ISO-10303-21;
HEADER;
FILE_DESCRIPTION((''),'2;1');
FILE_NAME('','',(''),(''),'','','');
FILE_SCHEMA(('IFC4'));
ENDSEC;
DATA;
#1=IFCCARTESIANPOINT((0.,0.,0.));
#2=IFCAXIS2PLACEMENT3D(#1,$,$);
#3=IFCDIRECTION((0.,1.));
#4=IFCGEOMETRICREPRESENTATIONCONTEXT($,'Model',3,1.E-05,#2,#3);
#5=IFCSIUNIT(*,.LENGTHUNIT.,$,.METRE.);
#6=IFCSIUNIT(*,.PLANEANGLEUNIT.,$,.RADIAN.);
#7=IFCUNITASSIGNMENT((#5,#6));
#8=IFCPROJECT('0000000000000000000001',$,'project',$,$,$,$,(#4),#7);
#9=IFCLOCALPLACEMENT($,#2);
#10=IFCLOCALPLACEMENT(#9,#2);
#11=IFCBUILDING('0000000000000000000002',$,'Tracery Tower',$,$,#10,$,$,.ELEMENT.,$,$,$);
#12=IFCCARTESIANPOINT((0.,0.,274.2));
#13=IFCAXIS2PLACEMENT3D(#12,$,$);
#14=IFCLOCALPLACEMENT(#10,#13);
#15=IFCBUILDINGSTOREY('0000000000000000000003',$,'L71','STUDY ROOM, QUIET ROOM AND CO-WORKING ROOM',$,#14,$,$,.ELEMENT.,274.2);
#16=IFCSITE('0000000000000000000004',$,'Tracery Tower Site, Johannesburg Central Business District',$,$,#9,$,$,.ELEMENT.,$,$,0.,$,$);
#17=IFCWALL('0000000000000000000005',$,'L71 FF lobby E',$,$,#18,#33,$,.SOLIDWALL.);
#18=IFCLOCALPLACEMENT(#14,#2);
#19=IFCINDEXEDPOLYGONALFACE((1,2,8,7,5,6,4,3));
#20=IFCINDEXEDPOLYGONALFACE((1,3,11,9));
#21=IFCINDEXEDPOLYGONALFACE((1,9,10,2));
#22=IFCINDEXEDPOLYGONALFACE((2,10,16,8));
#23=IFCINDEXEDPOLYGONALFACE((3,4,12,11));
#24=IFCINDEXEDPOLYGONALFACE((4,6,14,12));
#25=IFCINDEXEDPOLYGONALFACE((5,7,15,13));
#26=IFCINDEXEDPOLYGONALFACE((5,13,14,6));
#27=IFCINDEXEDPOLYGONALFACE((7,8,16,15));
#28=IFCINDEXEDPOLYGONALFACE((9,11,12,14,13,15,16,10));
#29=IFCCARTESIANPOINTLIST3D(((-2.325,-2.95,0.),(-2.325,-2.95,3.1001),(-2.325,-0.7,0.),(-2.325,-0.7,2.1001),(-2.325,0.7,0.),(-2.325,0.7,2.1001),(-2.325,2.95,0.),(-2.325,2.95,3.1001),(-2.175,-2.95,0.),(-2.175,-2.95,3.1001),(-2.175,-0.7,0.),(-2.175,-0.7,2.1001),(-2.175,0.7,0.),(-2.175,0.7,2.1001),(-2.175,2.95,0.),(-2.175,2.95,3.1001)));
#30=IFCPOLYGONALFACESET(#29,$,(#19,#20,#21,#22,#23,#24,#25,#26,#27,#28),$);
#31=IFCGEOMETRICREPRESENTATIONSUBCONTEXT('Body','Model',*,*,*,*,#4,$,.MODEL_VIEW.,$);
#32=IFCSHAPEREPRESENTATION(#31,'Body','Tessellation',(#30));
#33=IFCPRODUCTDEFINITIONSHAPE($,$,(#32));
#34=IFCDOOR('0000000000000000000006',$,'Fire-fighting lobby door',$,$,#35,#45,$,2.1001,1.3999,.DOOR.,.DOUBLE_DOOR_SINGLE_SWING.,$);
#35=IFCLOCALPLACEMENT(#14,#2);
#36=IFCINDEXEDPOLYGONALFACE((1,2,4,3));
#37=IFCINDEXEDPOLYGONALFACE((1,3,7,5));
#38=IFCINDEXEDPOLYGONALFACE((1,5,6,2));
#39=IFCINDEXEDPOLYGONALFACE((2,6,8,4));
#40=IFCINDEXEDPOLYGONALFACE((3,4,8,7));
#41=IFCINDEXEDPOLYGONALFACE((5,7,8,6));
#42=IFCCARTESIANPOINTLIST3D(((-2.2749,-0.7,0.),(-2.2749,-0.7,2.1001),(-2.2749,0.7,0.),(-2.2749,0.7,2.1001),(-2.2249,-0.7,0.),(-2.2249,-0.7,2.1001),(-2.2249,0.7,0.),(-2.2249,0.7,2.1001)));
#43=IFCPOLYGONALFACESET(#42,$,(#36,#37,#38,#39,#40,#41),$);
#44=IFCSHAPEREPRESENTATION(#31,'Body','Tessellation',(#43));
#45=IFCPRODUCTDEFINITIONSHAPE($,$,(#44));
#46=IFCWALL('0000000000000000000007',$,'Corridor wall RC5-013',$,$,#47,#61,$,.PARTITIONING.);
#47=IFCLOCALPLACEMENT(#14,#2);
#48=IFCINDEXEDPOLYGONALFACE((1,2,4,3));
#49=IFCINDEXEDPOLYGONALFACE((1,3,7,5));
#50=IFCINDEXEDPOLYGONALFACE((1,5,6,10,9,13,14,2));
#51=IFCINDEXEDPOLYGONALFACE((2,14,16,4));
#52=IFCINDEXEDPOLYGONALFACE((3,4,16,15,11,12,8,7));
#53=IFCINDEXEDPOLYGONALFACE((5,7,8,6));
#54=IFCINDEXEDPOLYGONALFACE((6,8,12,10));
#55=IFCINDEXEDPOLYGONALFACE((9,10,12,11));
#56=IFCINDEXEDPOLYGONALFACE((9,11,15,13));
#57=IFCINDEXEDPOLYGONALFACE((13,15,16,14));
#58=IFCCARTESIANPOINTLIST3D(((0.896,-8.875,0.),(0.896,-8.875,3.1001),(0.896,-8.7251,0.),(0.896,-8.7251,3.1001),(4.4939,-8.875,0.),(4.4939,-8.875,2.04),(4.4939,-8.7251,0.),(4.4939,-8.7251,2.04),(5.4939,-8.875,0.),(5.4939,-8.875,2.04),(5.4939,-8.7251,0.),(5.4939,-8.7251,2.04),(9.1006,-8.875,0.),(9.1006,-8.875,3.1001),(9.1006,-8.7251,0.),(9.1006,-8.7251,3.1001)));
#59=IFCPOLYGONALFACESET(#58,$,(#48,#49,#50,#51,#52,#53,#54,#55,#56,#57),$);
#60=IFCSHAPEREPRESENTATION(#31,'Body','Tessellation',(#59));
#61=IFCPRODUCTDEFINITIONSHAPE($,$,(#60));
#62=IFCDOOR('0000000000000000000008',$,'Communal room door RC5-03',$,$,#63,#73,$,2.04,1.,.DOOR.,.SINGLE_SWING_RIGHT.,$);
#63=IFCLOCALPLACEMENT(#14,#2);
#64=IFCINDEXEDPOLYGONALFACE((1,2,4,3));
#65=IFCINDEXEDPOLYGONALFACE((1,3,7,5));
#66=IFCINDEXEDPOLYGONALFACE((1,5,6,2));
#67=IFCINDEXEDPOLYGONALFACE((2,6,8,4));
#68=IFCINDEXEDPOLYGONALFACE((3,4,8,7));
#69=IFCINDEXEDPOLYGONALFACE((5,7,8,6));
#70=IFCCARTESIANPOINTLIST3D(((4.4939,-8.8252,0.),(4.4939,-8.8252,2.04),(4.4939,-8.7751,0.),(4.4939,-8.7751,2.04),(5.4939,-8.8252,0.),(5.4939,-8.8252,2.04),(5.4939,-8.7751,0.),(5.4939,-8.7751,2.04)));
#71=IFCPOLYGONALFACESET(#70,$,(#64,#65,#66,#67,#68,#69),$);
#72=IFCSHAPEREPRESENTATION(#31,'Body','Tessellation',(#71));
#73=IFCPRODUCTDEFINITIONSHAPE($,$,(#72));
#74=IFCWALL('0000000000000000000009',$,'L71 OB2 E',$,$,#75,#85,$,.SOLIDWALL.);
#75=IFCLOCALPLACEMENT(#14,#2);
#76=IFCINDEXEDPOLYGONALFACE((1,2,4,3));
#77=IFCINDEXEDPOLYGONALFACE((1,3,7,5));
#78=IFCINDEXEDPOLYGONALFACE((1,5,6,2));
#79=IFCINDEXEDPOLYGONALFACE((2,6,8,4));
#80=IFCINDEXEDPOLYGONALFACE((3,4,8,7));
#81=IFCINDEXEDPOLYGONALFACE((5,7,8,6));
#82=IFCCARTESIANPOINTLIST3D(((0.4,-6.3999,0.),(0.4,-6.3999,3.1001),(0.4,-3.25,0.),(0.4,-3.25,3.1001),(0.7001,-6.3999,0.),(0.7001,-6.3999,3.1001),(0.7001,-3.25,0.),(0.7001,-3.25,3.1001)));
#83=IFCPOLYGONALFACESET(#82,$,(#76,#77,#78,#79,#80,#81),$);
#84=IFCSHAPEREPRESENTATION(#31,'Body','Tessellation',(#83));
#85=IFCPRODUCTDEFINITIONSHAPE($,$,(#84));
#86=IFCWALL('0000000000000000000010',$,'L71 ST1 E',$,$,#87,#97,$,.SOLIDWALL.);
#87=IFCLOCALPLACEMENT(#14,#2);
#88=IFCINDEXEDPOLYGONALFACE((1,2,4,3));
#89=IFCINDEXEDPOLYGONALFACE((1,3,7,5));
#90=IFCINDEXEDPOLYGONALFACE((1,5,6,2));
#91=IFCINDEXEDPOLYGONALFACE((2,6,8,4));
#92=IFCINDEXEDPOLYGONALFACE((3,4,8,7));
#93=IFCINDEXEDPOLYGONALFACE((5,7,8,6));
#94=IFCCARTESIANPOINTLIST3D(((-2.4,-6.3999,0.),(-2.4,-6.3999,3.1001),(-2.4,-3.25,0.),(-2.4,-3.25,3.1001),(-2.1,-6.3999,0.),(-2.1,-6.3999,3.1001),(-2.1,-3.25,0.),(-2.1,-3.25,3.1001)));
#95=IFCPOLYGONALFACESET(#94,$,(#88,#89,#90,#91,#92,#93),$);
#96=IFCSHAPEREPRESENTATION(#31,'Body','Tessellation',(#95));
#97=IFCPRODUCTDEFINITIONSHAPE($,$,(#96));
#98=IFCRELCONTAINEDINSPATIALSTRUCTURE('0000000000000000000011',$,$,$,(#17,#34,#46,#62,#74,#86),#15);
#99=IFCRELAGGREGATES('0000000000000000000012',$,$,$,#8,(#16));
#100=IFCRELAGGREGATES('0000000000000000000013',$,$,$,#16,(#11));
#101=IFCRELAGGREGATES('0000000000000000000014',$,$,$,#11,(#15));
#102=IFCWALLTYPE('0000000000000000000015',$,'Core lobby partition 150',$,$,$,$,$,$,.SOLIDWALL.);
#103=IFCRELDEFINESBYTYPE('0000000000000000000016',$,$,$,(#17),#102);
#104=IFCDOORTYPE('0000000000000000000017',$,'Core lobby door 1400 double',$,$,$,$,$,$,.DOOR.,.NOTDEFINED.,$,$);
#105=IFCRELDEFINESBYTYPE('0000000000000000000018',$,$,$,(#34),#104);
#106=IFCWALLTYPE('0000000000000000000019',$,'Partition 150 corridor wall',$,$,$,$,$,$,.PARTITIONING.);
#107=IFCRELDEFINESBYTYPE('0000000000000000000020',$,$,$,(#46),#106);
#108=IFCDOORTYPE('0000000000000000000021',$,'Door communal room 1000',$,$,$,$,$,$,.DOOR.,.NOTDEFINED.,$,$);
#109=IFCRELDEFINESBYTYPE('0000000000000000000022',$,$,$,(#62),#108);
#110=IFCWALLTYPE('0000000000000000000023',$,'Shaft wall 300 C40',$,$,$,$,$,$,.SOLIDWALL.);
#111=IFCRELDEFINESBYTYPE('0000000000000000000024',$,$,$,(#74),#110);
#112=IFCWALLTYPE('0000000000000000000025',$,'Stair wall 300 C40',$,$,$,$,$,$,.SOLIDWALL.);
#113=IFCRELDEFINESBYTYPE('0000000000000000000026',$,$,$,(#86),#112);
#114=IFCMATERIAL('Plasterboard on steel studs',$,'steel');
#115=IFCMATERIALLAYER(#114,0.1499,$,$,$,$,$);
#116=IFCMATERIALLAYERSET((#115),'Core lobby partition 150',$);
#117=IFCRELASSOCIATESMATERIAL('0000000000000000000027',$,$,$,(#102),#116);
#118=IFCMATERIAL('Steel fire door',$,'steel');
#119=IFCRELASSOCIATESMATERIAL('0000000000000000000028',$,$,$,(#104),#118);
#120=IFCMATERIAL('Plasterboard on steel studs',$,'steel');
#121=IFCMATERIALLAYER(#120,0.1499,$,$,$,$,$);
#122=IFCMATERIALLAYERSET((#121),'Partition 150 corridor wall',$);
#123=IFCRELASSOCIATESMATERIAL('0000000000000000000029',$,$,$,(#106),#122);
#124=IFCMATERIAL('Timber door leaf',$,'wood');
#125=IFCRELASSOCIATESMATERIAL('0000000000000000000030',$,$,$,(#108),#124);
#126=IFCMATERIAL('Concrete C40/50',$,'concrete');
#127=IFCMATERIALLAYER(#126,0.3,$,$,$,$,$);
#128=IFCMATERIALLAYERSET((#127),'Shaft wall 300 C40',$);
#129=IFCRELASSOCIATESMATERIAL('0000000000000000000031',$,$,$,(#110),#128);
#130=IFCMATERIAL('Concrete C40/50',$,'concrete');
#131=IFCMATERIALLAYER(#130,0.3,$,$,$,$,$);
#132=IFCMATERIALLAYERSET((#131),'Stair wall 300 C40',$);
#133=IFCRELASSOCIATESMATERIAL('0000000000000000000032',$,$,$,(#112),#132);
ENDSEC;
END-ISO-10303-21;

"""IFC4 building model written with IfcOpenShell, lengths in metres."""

from ifc_helpers import new_model, si_unit, direction, frame, frame_2d, origin, place, context, subcontext, project, spatial, rectangle, extrude, material, layer, layer_set, type_object, element, fill, save


model = new_model("IFC4")

# Units and contexts
model_context = context("Model", 3, precision=1e-05, world=origin(), true_north=direction((0.0, 1.0)))
body_context = subcontext(model_context, "Body", "Model", "MODEL_VIEW")
ifc_project = project(units=[si_unit("LENGTHUNIT", "METRE"), si_unit("PLANEANGLEUNIT", "RADIAN")], contexts=[model_context])

# Site, building, storey
site_placement = place(None, origin())
site = spatial("IfcSite", under=ifc_project, at=site_placement, Name="Tracery Tower Site, Johannesburg Central Business District", CompositionType="ELEMENT", RefElevation=0.0)
building_placement = place(site_placement, origin())
building = spatial("IfcBuilding", under=site, at=building_placement, Name="Tracery Tower", CompositionType="ELEMENT")
storey_placement = place(building_placement, frame((0.0, 0.0, 274.2)))
storey = spatial("IfcBuildingStorey", under=building, at=storey_placement, Name="L71", Description="STUDY ROOM, QUIET ROOM AND CO-WORKING ROOM", CompositionType="ELEMENT", Elevation=274.2)

# Walls, openings, doors
ifc_material_1 = material(Name="Plasterboard on steel studs", Category="steel")
ifc_layer_1 = layer(ifc_material_1, 0.1499)
ifc_layer_set_1 = layer_set([ifc_layer_1], Name="Core lobby partition 150")
wall_type_1 = type_object("IfcWallType", Name="Core lobby partition 150", PredefinedType="SOLIDWALL", material=ifc_layer_set_1)
wall_1_placement = place(storey_placement, frame((-2.25, -2.95, 0.0), z_axis=(0.0, 0.0, 1.0), x_axis=(0.0, 1.0, 0.0)))
wall_1 = element("IfcWall", 1, at=wall_1_placement, inside=storey, type_object=wall_type_1, Name="L71 FF lobby E", PredefinedType="SOLIDWALL", context=body_context, shape_type="SweptSolid", body=[
    extrude(rectangle(XDim=5.8999, YDim=0.1499, at=frame_2d((2.95, 0.0))), origin(), (0.0, 0.0, 1.0), 3.1001),
])
opening_1_placement = place(wall_1_placement, frame((2.25, 0.0, 0.0)))
opening_1 = element("IfcOpeningElement", 2, at=opening_1_placement, cuts=wall_1, PredefinedType="OPENING", context=body_context, shape_type="SweptSolid", body=[
    extrude(rectangle(XDim=1.3999, YDim=2.1001, at=frame_2d((0.7, 1.05))), frame((0.0, 0.075, 0.0), z_axis=(0.0, -1.0, 0.0), x_axis=(1.0, 0.0, 0.0)), (0.0, 0.0, 1.0), 0.1499),
])
ifc_material_2 = material(Name="Steel fire door", Category="steel")
door_type_1 = type_object("IfcDoorType", Name="Core lobby door 1400 double", OperationType="NOTDEFINED", PredefinedType="DOOR", material=ifc_material_2)
door_1_placement = place(opening_1_placement, origin())
door_1 = element("IfcDoor", 3, at=door_1_placement, inside=storey, type_object=door_type_1, Name="Fire-fighting lobby door", OperationType="DOUBLE_DOOR_SINGLE_SWING", OverallHeight=2.1001, OverallWidth=1.3999, PredefinedType="DOOR", context=body_context, shape_type="SweptSolid", body=[
    extrude(rectangle(XDim=1.3999, YDim=2.1001, at=frame_2d((0.7, 1.05))), frame((0.0, 0.0249, 0.0), z_axis=(0.0, -1.0, 0.0), x_axis=(1.0, 0.0, 0.0)), (0.0, 0.0, 1.0), 0.05),
])
fill(opening_1, door_1)
ifc_material_3 = material(Name="Plasterboard on steel studs", Category="steel")
ifc_layer_2 = layer(ifc_material_3, 0.1499)
ifc_layer_set_2 = layer_set([ifc_layer_2], Name="Partition 150 corridor wall")
wall_type_2 = type_object("IfcWallType", Name="Partition 150 corridor wall", PredefinedType="PARTITIONING", material=ifc_layer_set_2)
wall_2_placement = place(storey_placement, frame((0.896, -8.8, 0.0), z_axis=(0.0, 0.0, 1.0), x_axis=(1.0, 0.0, 0.0)))
wall_2 = element("IfcWall", 4, at=wall_2_placement, inside=storey, type_object=wall_type_2, Name="Corridor wall RC5-013", PredefinedType="PARTITIONING", context=body_context, shape_type="SweptSolid", body=[
    extrude(rectangle(XDim=8.2046, YDim=0.1499, at=frame_2d((4.1023, 0.0))), origin(), (0.0, 0.0, 1.0), 3.1001),
])
opening_2_placement = place(wall_2_placement, frame((3.5979, 0.0, 0.0)))
opening_2 = element("IfcOpeningElement", 5, at=opening_2_placement, cuts=wall_2, PredefinedType="OPENING", context=body_context, shape_type="SweptSolid", body=[
    extrude(rectangle(XDim=1.0, YDim=2.04, at=frame_2d((0.5, 1.02))), frame((0.0, 0.075, 0.0), z_axis=(0.0, -1.0, 0.0), x_axis=(1.0, 0.0, 0.0)), (0.0, 0.0, 1.0), 0.1499),
])
ifc_material_4 = material(Name="Timber door leaf", Category="wood")
door_type_2 = type_object("IfcDoorType", Name="Door communal room 1000", OperationType="NOTDEFINED", PredefinedType="DOOR", material=ifc_material_4)
door_2_placement = place(opening_2_placement, origin())
door_2 = element("IfcDoor", 6, at=door_2_placement, inside=storey, type_object=door_type_2, Name="Communal room door RC5-03", OperationType="SINGLE_SWING_RIGHT", OverallHeight=2.04, OverallWidth=1.0, PredefinedType="DOOR", context=body_context, shape_type="SweptSolid", body=[
    extrude(rectangle(XDim=1.0, YDim=2.04, at=frame_2d((0.5, 1.02))), frame((0.0, 0.0249, 0.0), z_axis=(0.0, -1.0, 0.0), x_axis=(1.0, 0.0, 0.0)), (0.0, 0.0, 1.0), 0.05),
])
fill(opening_2, door_2)

# Shared definitions
ifc_material_5 = material(Name="Concrete C40/50", Category="concrete")
ifc_layer_3 = layer(ifc_material_5, 0.3)
ifc_layer_set_3 = layer_set([ifc_layer_3], Name="Shaft wall 300 C40")
wall_type_3 = type_object("IfcWallType", Name="Shaft wall 300 C40", PredefinedType="SOLIDWALL", material=ifc_layer_set_3)

# Wall
wall_3_placement = place(storey_placement, frame((0.55, -6.3999, 0.0), z_axis=(0.0, 0.0, 1.0), x_axis=(0.0, 1.0, 0.0)))
element("IfcWall", 7, at=wall_3_placement, inside=storey, type_object=wall_type_3, Name="L71 OB2 E", PredefinedType="SOLIDWALL", context=body_context, shape_type="SweptSolid", body=[
    extrude(rectangle(XDim=3.1499, YDim=0.3, at=frame_2d((1.575, 0.0))), origin(), (0.0, 0.0, 1.0), 3.1001),
])

# Shared definitions
ifc_material_6 = material(Name="Concrete C40/50", Category="concrete")
ifc_layer_4 = layer(ifc_material_6, 0.3)
ifc_layer_set_4 = layer_set([ifc_layer_4], Name="Stair wall 300 C40")
wall_type_4 = type_object("IfcWallType", Name="Stair wall 300 C40", PredefinedType="SOLIDWALL", material=ifc_layer_set_4)

# Wall
wall_4_placement = place(storey_placement, frame((-2.25, -6.3999, 0.0), z_axis=(0.0, 0.0, 1.0), x_axis=(0.0, 1.0, 0.0)))
element("IfcWall", 8, at=wall_4_placement, inside=storey, type_object=wall_type_4, Name="L71 ST1 E", PredefinedType="SOLIDWALL", context=body_context, shape_type="SweptSolid", body=[
    extrude(rectangle(XDim=3.1499, YDim=0.3, at=frame_2d((1.575, 0.0))), origin(), (0.0, 0.0, 1.0), 3.1001),
])

save(model, "model.ifc")
